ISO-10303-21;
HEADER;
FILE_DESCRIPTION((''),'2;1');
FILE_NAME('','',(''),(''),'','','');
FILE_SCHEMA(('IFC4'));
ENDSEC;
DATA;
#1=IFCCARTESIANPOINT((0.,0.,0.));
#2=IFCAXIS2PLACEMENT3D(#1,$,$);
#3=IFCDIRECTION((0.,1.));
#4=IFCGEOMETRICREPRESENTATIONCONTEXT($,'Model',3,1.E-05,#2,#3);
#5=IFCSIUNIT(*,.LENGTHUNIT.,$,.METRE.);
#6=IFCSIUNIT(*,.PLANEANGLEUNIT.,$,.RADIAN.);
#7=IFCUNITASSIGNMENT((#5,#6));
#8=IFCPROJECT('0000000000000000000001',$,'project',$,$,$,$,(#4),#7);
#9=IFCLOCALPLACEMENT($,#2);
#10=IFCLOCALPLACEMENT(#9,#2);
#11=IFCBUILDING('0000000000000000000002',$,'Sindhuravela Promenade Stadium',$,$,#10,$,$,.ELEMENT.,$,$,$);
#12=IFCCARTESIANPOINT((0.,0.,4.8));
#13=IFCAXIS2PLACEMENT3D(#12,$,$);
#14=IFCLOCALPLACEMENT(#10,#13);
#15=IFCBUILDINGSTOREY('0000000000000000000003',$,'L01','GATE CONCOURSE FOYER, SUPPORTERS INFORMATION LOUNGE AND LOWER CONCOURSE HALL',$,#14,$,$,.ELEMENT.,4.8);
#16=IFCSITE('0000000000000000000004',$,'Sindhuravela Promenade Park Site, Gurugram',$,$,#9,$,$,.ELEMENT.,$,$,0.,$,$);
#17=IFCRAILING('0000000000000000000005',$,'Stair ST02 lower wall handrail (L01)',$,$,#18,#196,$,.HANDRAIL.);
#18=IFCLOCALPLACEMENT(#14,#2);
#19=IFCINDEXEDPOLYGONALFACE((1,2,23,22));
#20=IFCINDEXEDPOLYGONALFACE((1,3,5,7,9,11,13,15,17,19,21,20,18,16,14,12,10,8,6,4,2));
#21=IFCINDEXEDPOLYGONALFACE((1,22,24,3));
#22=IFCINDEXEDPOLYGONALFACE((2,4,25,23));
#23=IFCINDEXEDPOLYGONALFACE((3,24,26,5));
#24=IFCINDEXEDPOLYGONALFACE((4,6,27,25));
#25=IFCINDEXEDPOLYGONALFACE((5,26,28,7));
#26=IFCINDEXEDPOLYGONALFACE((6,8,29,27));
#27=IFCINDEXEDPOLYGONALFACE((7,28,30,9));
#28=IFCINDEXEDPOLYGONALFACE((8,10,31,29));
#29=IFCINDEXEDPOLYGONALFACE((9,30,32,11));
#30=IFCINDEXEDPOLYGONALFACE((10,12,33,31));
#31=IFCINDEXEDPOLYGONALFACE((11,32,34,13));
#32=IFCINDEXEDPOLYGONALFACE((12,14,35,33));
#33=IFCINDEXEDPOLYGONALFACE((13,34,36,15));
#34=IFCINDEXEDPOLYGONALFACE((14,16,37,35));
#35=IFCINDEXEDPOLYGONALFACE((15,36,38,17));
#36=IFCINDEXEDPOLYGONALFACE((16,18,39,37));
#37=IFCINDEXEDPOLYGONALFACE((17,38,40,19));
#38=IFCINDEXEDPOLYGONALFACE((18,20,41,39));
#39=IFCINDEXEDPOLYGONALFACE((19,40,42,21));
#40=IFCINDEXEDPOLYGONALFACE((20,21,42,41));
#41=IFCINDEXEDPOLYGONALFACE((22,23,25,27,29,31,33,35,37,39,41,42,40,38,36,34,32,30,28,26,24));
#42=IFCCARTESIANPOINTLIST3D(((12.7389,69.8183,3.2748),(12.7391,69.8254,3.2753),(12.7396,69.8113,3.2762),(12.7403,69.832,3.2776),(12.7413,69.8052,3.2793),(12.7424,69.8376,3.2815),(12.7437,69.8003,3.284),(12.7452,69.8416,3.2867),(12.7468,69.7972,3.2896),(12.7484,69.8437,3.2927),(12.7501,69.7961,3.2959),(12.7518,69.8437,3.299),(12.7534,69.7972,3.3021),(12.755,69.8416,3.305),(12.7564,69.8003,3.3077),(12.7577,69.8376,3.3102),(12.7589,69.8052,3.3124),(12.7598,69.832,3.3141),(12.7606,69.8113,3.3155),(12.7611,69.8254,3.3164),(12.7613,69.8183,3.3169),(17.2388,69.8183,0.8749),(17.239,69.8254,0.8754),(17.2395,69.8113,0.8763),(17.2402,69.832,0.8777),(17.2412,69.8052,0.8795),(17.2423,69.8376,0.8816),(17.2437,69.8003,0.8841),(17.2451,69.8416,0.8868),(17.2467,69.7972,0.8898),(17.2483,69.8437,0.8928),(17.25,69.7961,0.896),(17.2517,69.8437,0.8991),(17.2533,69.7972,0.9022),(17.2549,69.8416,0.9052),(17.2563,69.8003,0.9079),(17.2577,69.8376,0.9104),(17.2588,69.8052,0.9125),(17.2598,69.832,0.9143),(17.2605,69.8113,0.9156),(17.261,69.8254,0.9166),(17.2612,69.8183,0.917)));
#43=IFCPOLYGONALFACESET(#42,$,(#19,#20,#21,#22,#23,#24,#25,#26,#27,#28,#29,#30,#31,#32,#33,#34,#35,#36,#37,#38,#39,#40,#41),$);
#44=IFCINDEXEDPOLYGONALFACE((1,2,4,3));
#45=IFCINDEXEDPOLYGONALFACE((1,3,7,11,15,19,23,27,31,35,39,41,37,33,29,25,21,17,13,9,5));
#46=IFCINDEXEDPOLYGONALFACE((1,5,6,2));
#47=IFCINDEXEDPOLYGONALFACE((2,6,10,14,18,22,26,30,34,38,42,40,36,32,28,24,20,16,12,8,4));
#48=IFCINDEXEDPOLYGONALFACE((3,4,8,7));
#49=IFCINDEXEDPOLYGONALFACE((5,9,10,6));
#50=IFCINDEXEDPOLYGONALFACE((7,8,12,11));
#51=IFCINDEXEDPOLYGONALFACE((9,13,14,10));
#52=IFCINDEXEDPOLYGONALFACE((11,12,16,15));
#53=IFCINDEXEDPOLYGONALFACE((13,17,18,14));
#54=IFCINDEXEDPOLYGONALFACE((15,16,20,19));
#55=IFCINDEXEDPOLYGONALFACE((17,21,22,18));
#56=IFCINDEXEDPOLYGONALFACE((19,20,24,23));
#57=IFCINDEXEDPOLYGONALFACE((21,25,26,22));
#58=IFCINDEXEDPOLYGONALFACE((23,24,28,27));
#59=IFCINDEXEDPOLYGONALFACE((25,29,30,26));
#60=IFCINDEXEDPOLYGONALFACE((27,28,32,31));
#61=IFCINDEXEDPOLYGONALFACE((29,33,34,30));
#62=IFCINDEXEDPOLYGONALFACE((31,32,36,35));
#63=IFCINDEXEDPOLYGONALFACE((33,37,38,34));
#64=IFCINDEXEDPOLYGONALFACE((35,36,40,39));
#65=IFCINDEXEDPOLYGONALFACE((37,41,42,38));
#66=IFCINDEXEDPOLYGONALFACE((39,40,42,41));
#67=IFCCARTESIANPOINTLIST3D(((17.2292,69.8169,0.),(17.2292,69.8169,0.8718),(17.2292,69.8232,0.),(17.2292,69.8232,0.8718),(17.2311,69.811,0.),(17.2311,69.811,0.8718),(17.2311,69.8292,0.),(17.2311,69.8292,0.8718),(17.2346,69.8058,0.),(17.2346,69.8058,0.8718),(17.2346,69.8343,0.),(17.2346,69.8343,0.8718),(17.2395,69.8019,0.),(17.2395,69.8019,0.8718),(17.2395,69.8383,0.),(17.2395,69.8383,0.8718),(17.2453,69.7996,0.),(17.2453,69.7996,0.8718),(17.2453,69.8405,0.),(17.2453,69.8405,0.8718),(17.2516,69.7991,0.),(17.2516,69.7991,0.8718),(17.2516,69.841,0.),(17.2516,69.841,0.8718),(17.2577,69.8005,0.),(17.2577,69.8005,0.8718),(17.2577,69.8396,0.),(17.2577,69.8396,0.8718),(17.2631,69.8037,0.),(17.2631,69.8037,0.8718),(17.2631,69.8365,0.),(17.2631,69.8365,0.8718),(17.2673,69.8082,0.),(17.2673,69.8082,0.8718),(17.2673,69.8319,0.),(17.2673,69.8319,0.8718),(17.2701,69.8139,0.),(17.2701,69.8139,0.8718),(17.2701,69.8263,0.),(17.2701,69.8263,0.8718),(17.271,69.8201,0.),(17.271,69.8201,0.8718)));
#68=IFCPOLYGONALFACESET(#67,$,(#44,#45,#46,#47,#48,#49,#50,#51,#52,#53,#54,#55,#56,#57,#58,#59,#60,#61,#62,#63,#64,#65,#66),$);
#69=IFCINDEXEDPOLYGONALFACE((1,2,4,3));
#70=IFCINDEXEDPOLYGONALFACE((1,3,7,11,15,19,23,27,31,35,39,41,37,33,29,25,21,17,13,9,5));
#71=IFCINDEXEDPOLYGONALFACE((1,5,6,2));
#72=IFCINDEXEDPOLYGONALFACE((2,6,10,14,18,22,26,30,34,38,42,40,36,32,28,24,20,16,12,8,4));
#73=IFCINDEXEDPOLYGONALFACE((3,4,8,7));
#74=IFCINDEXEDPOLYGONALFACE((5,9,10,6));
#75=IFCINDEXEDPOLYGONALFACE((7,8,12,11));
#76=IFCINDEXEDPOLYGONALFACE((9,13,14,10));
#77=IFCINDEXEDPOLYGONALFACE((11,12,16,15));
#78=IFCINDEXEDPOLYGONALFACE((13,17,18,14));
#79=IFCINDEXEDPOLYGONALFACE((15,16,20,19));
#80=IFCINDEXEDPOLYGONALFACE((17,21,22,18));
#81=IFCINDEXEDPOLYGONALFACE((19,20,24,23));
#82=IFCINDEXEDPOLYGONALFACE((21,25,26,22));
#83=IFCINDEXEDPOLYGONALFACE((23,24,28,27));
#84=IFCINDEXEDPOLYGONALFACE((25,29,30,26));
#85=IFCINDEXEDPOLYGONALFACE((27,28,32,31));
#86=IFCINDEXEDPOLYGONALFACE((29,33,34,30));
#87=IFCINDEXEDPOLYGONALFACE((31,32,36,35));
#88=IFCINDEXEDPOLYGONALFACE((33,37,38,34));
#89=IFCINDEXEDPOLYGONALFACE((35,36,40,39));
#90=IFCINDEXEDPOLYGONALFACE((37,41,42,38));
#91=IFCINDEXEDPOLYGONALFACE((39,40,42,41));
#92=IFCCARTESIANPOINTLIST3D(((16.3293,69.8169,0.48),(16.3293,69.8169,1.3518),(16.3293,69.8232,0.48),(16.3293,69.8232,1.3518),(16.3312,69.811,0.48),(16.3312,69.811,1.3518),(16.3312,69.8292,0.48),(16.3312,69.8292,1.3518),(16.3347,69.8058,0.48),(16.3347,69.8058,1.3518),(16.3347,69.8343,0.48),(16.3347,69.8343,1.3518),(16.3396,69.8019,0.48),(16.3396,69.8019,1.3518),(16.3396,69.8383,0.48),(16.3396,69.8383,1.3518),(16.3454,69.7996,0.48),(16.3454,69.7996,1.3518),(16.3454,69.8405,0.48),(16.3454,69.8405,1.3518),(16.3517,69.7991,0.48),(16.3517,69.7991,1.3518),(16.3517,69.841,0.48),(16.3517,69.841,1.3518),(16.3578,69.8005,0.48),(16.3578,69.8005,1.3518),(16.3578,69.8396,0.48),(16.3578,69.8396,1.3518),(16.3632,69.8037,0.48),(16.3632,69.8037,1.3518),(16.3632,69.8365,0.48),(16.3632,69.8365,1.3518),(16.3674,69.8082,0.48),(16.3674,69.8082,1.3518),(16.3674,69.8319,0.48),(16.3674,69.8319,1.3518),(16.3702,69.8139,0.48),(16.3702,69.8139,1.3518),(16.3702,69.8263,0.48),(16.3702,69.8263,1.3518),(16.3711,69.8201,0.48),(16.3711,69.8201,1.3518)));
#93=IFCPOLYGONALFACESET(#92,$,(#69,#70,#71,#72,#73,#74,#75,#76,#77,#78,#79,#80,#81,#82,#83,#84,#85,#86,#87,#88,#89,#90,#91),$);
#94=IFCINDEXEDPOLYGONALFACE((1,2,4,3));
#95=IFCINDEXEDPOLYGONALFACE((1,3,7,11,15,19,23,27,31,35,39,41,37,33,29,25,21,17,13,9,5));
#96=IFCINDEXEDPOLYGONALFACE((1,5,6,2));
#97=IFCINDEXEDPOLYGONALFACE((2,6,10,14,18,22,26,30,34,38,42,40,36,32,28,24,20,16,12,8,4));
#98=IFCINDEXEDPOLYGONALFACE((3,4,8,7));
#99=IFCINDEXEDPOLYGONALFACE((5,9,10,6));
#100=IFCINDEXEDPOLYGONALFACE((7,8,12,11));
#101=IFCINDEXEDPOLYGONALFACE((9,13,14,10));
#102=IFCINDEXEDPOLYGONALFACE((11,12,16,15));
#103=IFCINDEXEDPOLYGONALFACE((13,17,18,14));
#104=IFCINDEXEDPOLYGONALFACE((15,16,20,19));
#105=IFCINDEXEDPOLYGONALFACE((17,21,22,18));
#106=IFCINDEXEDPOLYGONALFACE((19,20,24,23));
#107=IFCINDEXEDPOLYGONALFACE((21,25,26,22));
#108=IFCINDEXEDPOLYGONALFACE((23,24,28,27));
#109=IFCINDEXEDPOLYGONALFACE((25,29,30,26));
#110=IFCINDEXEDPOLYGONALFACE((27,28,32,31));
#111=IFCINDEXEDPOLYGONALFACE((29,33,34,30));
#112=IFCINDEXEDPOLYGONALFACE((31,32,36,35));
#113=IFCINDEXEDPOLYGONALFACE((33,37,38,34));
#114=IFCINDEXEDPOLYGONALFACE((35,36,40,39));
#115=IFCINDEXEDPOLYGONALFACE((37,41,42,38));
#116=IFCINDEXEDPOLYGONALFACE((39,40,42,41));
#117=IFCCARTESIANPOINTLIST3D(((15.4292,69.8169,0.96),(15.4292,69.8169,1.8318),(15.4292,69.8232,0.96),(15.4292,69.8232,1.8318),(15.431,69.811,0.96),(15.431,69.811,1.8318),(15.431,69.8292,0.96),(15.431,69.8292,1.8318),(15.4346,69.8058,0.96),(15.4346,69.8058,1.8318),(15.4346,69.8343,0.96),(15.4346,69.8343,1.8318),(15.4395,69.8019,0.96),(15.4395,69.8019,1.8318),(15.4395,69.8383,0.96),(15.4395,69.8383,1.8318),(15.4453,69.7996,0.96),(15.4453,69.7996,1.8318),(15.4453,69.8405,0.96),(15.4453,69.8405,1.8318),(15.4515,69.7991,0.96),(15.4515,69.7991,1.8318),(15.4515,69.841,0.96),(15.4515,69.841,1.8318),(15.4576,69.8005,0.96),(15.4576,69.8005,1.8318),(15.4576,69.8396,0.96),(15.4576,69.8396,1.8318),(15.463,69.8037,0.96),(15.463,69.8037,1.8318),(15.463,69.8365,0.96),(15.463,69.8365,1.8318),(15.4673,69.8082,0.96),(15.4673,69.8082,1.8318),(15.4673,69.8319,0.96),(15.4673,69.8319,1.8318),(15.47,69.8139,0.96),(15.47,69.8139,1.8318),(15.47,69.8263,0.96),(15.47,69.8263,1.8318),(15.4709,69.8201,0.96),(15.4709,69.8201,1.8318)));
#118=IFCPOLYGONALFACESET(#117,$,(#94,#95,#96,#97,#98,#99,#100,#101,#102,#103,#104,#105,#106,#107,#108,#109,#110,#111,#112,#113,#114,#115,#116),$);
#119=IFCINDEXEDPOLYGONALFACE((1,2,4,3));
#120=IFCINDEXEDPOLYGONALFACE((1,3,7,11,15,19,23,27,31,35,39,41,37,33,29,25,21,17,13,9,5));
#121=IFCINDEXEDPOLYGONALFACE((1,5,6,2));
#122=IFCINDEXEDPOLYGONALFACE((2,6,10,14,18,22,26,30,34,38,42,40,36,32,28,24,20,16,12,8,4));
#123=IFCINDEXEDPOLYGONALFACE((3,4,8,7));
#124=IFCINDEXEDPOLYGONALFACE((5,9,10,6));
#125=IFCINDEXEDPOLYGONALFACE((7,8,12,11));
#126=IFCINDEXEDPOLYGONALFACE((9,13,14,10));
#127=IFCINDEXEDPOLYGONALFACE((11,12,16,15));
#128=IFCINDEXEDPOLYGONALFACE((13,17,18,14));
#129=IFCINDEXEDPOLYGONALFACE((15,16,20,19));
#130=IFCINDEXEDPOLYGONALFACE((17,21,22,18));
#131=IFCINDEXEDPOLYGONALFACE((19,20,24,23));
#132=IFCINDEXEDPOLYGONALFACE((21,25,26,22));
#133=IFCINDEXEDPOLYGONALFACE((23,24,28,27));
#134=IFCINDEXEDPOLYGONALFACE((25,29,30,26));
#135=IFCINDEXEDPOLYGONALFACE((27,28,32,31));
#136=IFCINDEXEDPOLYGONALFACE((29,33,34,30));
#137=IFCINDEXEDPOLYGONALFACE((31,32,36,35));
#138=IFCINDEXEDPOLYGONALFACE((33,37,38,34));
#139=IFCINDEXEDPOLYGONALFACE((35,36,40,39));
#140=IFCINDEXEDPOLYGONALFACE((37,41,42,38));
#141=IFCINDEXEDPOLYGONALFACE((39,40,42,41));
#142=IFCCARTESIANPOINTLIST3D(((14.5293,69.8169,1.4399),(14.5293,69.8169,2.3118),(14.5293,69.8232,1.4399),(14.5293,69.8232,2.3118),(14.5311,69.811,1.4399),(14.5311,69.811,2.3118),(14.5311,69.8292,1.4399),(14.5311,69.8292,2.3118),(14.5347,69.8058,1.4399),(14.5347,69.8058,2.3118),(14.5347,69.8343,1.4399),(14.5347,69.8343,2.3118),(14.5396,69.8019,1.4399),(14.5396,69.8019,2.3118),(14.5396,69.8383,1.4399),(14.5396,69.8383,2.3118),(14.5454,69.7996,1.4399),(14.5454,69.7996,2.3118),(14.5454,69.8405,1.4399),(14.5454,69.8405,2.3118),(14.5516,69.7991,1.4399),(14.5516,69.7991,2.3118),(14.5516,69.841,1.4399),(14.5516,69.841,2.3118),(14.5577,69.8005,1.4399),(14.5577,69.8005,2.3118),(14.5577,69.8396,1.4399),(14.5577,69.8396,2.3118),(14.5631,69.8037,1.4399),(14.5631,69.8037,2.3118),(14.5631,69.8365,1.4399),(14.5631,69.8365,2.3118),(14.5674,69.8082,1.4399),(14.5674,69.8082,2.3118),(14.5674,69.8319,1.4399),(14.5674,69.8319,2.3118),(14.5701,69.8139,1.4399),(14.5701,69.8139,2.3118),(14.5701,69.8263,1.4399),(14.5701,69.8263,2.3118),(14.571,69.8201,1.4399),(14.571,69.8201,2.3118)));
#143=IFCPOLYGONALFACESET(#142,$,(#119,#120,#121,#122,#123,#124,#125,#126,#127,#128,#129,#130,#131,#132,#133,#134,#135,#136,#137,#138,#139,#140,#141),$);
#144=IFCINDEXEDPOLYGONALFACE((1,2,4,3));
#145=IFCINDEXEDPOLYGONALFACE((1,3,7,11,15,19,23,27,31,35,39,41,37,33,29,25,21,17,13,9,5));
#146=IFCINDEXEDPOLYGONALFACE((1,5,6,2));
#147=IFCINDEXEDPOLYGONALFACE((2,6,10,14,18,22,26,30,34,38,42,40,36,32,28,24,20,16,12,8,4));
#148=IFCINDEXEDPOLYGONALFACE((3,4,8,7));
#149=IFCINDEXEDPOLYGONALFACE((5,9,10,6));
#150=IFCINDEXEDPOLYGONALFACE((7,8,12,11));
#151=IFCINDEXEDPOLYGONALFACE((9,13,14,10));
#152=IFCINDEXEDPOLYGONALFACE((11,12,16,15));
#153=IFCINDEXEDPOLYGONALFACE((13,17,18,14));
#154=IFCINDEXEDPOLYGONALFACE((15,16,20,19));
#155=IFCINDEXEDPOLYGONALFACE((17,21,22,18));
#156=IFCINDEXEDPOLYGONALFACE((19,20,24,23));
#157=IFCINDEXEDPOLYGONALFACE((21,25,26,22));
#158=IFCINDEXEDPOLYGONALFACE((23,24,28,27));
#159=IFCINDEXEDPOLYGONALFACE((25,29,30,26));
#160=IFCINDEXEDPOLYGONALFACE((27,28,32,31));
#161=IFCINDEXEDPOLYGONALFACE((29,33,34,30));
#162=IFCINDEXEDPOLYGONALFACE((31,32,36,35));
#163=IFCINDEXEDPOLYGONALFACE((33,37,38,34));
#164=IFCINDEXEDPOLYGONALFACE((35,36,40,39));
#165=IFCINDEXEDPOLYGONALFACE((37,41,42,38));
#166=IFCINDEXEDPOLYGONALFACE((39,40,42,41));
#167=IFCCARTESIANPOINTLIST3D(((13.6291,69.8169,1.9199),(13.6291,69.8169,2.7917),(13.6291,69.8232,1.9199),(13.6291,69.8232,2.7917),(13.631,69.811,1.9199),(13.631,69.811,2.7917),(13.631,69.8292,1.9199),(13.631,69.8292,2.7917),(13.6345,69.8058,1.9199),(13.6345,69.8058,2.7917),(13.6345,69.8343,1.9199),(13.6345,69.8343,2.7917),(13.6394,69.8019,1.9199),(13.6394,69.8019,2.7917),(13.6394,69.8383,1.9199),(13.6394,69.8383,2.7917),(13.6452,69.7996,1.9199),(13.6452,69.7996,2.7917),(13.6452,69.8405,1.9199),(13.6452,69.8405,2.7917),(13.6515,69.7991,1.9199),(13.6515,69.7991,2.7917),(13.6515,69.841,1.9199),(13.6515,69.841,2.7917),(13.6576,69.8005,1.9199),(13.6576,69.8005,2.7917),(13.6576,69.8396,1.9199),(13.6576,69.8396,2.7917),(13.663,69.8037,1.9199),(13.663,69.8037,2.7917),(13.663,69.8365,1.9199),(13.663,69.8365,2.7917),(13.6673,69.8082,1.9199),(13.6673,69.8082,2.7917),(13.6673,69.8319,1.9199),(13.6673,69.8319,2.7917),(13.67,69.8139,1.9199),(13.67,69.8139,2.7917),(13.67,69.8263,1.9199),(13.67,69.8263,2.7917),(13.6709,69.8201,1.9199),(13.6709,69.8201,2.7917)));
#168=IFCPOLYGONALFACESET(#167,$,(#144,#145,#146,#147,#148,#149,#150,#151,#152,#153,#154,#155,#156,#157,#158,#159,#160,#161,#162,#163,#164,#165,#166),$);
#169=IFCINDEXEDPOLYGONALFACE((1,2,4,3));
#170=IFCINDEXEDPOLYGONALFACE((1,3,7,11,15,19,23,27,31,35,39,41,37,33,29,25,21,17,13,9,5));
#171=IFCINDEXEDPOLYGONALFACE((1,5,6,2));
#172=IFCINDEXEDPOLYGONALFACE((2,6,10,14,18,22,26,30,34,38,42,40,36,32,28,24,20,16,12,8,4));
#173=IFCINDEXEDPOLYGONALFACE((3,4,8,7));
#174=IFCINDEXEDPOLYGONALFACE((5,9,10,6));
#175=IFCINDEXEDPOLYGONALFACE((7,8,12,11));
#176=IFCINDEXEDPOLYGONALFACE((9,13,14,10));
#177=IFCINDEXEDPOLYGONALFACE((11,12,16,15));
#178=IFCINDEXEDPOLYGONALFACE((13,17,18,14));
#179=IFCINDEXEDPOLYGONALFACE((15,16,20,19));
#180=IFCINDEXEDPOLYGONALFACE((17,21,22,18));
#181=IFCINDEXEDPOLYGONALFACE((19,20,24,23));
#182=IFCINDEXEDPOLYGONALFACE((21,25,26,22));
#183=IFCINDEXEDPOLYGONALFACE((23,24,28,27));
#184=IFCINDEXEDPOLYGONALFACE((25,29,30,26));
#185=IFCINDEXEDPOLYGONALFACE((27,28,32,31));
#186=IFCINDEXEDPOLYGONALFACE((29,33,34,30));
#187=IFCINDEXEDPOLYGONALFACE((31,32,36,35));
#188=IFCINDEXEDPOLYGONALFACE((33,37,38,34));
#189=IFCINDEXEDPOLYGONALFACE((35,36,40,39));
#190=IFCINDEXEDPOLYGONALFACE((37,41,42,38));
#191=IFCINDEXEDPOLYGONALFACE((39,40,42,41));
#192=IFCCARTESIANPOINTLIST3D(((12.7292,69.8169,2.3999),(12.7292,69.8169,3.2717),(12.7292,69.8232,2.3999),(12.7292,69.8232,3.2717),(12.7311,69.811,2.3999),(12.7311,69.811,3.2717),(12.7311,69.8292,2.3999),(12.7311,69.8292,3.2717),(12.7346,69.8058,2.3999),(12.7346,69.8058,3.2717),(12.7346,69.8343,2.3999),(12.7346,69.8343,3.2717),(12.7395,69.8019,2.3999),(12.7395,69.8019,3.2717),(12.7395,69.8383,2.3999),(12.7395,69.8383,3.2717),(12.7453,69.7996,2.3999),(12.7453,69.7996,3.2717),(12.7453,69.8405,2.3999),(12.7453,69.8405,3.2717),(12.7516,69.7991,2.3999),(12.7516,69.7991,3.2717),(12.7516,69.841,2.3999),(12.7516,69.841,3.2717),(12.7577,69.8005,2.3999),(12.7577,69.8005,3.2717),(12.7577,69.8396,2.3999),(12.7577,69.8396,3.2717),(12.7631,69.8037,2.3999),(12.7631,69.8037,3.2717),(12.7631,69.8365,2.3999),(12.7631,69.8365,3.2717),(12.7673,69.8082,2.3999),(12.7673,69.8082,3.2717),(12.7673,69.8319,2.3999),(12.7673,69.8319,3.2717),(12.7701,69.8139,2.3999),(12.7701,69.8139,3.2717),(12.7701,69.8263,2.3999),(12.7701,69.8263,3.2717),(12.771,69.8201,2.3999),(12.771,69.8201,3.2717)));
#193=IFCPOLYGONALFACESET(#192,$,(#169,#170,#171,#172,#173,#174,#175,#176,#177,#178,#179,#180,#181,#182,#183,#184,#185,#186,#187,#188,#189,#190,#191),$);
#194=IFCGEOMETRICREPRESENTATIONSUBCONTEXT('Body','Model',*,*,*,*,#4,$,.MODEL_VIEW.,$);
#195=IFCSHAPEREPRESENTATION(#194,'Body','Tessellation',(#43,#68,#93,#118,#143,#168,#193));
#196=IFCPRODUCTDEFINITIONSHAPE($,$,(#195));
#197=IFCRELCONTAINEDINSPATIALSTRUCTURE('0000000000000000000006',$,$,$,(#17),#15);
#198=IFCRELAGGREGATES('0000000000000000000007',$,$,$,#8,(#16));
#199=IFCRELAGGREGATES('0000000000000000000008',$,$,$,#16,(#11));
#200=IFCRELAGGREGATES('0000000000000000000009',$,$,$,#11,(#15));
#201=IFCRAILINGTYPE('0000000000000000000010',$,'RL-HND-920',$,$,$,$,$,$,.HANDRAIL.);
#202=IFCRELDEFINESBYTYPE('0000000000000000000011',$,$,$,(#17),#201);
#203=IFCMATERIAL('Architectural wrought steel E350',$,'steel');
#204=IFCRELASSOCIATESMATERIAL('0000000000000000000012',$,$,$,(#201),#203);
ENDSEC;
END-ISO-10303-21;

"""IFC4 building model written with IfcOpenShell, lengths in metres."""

from ifc_helpers import new_model, si_unit, direction, frame, origin, origin_2d, place, context, subcontext, project, spatial, circle, extrude, material, type_object, element, save


model = new_model("IFC4")

# Units and contexts
model_context = context("Model", 3, precision=1e-05, world=origin(), true_north=direction((0.0, 1.0)))
body_context = subcontext(model_context, "Body", "Model", "MODEL_VIEW")
ifc_project = project(units=[si_unit("LENGTHUNIT", "METRE"), si_unit("PLANEANGLEUNIT", "RADIAN")], contexts=[model_context])

# Site, building, storey
site_placement = place(None, origin())
site = spatial("IfcSite", under=ifc_project, at=site_placement, Name="Sindhuravela Promenade Park Site, Gurugram", CompositionType="ELEMENT", RefElevation=0.0)
building_placement = place(site_placement, origin())
building = spatial("IfcBuilding", under=site, at=building_placement, Name="Sindhuravela Promenade Stadium", CompositionType="ELEMENT")
storey_placement = place(building_placement, frame((0.0, 0.0, 4.8)))
storey = spatial("IfcBuildingStorey", under=building, at=storey_placement, Name="L01", Description="GATE CONCOURSE FOYER, SUPPORTERS INFORMATION LOUNGE AND LOWER CONCOURSE HALL", CompositionType="ELEMENT", Elevation=4.8)

# Shared definitions
ifc_material_1 = material(Name="Architectural wrought steel E350", Category="steel")

# Railing
railing_type_1 = type_object("IfcRailingType", Name="RL-HND-920", PredefinedType="HANDRAIL", material=ifc_material_1)
railing_1_placement = place(storey_placement, frame((17.25, 69.8201, 0.0)))
element("IfcRailing", 1, at=railing_1_placement, inside=storey, type_object=railing_type_1, Name="Stair ST02 lower wall handrail (L01)", PredefinedType="HANDRAIL", context=body_context, shape_type="SweptSolid", body=[
    extrude(circle(Radius=0.0239, at=origin_2d()), frame((0.0, 0.0, 0.896), z_axis=(-0.882361, 0.0, 0.470573), x_axis=(0.0, -1.0, 0.0)), (0.0, 0.0, 1.0), 5.0999),
    extrude(circle(Radius=0.021, at=origin_2d()), origin(), (0.0, 0.0, 1.0), 0.8718),
    extrude(circle(Radius=0.021, at=origin_2d()), frame((-0.8999, 0.0, 0.48)), (0.0, 0.0, 1.0), 0.8718),
    extrude(circle(Radius=0.021, at=origin_2d()), frame((-1.8, 0.0, 0.96)), (0.0, 0.0, 1.0), 0.8718),
    extrude(circle(Radius=0.021, at=origin_2d()), frame((-2.7, 0.0, 1.4399)), (0.0, 0.0, 1.0), 0.8718),
    extrude(circle(Radius=0.021, at=origin_2d()), frame((-3.6001, 0.0, 1.9199)), (0.0, 0.0, 1.0), 0.8718),
    extrude(circle(Radius=0.021, at=origin_2d()), frame((-4.5, 0.0, 2.3999)), (0.0, 0.0, 1.0), 0.8718),
])

save(model, "model.ifc")
